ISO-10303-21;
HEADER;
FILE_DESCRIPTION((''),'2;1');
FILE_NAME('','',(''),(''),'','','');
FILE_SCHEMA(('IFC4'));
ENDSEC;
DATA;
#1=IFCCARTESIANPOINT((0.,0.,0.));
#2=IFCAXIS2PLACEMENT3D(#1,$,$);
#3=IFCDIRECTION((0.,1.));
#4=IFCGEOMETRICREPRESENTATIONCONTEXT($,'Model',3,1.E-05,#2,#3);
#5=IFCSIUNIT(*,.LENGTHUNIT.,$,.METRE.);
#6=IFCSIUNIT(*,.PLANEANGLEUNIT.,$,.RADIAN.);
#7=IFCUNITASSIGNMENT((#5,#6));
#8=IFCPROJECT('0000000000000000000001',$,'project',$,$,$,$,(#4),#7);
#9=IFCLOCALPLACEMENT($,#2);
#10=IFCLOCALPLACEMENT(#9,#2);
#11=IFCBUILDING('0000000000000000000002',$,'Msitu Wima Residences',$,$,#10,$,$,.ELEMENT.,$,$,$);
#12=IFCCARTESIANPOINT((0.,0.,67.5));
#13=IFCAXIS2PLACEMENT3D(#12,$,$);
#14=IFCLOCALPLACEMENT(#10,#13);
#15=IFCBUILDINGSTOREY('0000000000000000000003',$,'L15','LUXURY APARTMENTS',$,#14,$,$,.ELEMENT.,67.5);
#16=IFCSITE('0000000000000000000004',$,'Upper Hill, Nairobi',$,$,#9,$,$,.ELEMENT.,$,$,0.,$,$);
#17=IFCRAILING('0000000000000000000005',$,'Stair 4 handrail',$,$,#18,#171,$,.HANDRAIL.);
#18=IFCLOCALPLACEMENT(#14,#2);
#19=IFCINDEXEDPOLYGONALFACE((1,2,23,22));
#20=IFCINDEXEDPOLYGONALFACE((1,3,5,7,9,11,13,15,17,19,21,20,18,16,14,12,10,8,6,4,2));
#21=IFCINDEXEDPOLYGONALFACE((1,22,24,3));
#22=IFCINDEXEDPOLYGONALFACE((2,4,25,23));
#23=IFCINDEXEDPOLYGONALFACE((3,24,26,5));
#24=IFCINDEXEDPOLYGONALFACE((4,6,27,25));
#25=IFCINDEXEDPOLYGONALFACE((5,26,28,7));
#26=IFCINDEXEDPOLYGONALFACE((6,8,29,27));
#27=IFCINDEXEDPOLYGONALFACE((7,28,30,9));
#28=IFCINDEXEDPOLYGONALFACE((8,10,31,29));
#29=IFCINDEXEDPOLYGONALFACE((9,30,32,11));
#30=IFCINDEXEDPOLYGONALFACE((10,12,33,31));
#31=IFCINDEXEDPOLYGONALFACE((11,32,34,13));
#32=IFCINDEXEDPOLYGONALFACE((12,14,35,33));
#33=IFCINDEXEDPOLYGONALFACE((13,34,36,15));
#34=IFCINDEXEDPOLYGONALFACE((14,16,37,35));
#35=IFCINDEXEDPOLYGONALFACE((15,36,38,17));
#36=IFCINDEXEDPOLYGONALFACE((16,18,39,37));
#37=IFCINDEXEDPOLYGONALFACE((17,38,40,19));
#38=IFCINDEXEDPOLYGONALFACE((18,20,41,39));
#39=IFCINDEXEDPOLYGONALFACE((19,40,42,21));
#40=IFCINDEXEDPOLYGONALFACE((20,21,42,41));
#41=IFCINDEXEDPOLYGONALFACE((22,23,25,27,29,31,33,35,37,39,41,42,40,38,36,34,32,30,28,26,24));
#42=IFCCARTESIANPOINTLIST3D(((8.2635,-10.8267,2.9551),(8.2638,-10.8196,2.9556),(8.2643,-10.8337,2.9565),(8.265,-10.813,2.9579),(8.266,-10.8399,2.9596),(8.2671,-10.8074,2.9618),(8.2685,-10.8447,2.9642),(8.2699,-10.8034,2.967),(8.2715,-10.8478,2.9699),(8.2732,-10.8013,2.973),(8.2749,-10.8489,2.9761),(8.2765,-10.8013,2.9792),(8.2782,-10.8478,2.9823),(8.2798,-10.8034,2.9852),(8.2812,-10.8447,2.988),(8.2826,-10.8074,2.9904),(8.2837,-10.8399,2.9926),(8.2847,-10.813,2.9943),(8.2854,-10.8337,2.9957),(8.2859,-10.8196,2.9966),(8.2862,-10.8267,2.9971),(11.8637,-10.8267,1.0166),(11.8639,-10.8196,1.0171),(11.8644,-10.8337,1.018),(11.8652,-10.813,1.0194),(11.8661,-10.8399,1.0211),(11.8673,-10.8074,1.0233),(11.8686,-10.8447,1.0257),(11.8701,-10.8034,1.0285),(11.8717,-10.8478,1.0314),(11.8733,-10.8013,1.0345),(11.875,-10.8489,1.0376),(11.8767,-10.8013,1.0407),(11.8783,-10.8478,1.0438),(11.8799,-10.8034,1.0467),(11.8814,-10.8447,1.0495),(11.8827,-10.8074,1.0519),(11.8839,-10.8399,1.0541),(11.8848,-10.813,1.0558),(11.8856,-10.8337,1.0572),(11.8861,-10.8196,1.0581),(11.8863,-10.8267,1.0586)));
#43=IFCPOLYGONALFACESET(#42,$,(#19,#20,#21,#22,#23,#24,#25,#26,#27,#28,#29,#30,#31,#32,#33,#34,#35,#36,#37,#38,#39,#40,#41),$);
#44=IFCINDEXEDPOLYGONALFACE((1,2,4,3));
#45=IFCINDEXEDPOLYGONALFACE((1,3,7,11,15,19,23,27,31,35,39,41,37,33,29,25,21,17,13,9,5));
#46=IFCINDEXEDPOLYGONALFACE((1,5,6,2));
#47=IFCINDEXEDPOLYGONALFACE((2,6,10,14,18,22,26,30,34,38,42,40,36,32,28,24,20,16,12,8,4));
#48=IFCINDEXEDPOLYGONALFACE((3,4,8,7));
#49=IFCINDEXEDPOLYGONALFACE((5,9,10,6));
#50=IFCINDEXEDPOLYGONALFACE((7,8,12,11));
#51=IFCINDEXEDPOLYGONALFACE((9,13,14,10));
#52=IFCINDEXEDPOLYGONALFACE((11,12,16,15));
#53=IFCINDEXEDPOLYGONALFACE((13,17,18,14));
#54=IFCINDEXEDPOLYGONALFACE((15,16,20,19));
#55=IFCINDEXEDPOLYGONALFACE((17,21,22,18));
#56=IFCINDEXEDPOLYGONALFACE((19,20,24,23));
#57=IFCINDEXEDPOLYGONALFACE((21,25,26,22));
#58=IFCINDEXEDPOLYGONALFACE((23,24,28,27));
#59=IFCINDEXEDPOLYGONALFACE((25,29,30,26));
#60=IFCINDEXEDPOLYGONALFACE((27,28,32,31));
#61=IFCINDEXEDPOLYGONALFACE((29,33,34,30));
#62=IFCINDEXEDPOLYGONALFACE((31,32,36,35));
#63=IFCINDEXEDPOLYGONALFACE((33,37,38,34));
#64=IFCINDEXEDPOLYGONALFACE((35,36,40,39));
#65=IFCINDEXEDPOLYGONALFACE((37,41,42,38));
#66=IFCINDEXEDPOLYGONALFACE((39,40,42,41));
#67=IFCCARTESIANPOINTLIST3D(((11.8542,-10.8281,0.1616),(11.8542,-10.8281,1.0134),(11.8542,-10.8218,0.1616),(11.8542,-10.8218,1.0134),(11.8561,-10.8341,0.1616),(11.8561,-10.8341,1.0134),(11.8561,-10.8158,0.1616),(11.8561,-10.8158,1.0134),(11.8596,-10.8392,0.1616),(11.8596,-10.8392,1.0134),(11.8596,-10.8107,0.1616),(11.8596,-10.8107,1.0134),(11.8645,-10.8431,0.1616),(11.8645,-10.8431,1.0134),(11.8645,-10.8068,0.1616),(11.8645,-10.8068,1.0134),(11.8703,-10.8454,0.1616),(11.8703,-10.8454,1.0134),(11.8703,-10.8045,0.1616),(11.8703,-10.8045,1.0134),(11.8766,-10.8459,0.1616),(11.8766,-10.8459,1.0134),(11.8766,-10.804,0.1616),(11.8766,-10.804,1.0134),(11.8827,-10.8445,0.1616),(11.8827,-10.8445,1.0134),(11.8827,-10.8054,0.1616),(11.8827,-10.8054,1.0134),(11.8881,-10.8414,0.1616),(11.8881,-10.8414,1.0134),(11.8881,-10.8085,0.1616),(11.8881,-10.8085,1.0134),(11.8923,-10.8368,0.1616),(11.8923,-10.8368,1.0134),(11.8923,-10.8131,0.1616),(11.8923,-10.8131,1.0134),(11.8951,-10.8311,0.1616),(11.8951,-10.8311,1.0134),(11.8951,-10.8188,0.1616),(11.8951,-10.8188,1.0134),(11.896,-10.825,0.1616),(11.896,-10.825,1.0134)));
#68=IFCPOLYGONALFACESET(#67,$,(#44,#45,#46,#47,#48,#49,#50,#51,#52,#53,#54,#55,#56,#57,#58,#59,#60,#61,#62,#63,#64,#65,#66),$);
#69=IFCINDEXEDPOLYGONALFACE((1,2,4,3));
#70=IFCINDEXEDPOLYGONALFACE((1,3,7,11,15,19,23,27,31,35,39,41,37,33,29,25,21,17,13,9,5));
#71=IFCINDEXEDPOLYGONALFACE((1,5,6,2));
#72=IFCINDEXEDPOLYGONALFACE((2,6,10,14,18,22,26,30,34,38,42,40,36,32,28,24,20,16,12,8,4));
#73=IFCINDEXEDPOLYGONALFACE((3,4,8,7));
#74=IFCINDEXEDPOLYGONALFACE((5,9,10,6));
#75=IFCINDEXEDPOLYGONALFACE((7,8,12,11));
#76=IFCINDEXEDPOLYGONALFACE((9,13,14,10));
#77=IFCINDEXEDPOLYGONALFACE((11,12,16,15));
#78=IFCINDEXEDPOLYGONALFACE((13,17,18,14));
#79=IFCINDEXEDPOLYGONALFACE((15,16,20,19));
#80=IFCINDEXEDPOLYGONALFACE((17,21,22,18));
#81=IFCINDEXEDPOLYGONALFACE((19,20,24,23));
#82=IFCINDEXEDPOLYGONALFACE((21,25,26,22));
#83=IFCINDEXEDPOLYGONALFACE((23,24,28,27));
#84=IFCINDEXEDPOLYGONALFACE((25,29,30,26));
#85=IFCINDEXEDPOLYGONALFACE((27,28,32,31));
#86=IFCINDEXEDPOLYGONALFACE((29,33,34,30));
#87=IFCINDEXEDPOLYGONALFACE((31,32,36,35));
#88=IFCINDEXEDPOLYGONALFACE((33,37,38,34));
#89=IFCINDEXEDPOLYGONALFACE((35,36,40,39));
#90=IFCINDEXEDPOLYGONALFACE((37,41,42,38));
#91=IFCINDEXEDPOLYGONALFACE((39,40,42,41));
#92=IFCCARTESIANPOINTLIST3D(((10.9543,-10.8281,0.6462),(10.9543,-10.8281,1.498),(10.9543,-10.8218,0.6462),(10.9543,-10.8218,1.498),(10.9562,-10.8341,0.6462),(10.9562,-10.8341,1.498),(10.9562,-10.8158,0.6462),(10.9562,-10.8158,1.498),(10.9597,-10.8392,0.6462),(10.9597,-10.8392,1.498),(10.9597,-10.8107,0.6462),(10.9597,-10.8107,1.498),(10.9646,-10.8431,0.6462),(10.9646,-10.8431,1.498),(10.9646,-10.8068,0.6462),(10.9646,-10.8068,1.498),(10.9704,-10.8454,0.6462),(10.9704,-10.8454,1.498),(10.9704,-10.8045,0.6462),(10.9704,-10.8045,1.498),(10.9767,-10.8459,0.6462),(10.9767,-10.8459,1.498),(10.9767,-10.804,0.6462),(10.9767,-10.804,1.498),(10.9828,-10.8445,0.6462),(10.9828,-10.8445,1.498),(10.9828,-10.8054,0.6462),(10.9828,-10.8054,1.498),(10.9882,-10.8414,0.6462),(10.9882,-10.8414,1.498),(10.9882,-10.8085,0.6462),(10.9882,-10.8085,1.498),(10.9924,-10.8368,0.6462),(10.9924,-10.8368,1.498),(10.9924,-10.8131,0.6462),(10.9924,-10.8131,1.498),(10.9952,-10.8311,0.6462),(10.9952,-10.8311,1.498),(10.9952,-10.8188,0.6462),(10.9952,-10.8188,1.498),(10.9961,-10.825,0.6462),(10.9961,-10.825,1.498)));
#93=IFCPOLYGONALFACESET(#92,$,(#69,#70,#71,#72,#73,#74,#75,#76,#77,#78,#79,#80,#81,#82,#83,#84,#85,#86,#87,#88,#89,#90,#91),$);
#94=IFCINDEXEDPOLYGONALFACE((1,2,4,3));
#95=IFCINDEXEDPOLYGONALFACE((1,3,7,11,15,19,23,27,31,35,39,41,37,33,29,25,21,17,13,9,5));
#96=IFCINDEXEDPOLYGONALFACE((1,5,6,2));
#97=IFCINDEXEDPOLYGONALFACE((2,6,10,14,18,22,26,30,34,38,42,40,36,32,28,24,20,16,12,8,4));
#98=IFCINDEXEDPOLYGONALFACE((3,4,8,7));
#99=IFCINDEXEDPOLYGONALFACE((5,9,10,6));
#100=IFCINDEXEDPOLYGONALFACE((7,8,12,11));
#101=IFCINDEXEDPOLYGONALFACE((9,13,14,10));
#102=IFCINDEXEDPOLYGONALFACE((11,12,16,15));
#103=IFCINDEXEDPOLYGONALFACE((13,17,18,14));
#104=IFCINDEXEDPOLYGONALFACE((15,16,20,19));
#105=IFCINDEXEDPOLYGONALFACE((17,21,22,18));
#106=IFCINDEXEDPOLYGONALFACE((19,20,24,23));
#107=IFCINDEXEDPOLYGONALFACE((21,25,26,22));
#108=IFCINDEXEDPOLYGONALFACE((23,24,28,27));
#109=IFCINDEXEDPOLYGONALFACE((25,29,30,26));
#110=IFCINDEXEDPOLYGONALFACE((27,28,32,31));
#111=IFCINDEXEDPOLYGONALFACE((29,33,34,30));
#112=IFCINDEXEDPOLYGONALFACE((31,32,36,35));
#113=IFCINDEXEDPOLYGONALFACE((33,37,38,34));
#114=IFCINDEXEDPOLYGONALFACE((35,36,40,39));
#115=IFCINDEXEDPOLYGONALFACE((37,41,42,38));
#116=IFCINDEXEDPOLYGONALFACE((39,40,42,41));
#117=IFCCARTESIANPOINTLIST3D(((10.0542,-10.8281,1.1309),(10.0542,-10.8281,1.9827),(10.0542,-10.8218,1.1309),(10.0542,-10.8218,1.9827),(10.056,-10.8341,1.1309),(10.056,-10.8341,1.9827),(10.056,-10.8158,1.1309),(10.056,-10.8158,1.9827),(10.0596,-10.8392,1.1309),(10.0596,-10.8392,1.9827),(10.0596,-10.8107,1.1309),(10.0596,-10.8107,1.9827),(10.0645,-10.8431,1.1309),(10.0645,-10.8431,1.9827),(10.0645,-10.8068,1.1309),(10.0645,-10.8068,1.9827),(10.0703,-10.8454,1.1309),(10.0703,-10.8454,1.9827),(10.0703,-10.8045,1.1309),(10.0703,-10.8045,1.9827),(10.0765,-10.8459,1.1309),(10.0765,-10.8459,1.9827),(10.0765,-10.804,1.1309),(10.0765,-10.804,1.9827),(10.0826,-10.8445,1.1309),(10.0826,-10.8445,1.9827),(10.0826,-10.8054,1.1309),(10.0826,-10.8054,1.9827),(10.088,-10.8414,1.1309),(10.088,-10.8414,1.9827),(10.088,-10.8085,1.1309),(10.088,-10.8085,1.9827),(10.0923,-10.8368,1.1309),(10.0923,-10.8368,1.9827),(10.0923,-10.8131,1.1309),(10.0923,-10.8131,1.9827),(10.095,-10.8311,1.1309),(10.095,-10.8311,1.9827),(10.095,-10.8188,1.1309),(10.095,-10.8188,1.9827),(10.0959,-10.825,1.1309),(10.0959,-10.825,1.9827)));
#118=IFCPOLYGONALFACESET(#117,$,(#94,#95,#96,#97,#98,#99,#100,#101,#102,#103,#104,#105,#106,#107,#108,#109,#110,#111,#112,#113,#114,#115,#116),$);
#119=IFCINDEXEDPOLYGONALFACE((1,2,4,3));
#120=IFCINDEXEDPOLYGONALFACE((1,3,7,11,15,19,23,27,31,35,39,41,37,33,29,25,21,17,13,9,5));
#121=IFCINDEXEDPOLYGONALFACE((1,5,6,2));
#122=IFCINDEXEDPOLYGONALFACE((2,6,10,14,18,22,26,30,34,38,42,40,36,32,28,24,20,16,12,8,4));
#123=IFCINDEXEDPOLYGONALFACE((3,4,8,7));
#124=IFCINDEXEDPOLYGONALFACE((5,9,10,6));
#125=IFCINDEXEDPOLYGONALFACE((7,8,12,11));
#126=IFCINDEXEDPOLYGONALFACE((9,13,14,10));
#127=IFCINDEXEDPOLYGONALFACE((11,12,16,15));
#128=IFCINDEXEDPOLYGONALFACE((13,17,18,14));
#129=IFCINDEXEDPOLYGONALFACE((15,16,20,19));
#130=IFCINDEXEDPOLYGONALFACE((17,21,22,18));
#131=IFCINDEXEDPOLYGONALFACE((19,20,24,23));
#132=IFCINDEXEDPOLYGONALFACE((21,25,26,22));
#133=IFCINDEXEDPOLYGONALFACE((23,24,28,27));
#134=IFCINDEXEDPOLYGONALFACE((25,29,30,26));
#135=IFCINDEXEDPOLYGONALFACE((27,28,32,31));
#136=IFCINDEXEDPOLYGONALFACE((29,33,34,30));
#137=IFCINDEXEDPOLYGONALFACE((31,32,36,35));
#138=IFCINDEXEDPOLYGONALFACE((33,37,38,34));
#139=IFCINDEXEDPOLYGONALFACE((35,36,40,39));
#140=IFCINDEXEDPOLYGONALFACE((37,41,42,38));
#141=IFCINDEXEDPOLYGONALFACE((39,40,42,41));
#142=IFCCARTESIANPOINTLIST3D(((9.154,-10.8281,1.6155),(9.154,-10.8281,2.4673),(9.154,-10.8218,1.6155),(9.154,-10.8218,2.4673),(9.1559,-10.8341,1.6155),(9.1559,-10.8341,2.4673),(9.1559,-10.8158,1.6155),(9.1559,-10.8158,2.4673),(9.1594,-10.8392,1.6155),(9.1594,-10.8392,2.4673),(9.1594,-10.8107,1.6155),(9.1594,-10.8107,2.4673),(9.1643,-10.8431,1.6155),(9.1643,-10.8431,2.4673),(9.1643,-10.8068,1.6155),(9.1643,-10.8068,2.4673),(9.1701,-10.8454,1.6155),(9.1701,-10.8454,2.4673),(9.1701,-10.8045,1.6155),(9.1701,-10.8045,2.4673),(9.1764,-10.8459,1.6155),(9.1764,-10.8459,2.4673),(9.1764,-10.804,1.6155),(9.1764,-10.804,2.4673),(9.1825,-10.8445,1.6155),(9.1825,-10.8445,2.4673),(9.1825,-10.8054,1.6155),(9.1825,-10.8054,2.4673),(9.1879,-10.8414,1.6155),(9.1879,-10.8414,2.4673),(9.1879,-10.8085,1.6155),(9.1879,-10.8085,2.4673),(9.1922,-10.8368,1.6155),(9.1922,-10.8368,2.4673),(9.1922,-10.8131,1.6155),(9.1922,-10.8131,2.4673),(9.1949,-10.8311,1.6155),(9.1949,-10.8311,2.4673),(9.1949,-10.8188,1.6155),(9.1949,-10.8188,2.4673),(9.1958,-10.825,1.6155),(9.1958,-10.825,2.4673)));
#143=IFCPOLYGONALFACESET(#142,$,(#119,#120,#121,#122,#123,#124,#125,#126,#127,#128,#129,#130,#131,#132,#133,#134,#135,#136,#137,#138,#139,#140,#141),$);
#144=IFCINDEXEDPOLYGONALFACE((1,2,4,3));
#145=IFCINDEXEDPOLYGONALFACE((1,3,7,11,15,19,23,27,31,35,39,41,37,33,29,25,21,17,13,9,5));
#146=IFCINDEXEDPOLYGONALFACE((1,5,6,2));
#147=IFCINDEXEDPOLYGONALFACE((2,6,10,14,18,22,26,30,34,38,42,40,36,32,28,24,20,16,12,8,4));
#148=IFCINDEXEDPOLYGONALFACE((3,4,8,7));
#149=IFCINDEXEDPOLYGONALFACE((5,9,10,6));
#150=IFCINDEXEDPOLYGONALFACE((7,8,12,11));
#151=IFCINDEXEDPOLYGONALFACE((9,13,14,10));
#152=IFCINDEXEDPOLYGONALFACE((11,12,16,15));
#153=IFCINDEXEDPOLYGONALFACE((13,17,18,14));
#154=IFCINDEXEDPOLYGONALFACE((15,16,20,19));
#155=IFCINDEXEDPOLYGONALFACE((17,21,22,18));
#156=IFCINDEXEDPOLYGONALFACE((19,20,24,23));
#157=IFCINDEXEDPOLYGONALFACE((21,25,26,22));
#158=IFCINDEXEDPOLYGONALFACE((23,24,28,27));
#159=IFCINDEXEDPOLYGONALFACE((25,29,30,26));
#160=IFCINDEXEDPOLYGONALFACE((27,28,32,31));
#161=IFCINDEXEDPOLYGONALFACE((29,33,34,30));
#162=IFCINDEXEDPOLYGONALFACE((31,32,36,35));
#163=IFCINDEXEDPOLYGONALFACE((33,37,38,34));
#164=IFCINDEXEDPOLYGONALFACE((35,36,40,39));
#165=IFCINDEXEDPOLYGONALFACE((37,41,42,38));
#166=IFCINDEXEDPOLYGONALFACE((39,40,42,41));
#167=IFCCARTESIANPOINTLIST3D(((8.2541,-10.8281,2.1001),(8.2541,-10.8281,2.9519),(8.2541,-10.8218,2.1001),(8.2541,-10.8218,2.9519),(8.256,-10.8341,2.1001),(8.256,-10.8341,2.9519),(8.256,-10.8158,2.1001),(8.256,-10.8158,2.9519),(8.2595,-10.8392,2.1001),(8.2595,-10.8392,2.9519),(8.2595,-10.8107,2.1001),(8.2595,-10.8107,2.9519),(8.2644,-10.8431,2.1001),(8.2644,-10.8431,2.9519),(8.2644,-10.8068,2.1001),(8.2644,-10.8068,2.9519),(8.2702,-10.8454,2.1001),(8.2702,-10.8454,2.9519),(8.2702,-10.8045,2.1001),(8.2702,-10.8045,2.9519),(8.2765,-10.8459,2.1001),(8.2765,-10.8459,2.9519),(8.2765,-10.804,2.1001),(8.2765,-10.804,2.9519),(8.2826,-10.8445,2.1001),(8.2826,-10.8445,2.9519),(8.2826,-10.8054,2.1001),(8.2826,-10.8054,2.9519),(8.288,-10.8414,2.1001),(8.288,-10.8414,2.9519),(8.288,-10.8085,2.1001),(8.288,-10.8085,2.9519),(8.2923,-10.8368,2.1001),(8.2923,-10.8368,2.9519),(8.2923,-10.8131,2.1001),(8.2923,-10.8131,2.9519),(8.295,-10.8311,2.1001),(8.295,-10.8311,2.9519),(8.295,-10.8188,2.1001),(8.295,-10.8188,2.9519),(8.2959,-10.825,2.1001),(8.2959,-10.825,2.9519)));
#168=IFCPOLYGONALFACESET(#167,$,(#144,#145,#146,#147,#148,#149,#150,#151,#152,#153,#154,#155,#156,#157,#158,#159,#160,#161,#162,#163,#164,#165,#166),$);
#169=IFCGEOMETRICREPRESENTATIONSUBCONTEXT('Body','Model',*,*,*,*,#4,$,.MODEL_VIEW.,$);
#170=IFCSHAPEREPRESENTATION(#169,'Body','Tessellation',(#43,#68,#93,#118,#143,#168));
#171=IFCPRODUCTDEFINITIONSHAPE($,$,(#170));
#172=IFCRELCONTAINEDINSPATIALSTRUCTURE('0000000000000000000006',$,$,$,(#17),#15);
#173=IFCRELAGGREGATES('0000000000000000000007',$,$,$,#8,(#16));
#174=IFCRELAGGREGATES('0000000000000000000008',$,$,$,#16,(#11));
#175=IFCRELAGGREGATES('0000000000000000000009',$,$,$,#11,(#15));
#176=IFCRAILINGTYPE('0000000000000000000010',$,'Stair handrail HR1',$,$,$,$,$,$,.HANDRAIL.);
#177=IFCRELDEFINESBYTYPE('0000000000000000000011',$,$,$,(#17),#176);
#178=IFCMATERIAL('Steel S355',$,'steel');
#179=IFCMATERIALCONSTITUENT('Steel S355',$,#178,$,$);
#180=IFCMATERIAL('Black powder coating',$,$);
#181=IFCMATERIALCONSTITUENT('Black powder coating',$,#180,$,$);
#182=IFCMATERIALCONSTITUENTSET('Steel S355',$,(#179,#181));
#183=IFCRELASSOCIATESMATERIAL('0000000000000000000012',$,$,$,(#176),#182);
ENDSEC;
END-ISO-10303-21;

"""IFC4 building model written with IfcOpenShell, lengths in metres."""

from ifc_helpers import new_model, si_unit, direction, frame, origin, origin_2d, place, context, subcontext, project, spatial, circle, extrude, material, constituent, constituent_set, type_object, element, save


model = new_model("IFC4")

# Units and contexts
model_context = context("Model", 3, precision=1e-05, world=origin(), true_north=direction((0.0, 1.0)))
body_context = subcontext(model_context, "Body", "Model", "MODEL_VIEW")
ifc_project = project(units=[si_unit("LENGTHUNIT", "METRE"), si_unit("PLANEANGLEUNIT", "RADIAN")], contexts=[model_context])

# Site, building, storey
site_placement = place(None, origin())
site = spatial("IfcSite", under=ifc_project, at=site_placement, Name="Upper Hill, Nairobi", CompositionType="ELEMENT", RefElevation=0.0)
building_placement = place(site_placement, origin())
building = spatial("IfcBuilding", under=site, at=building_placement, Name="Msitu Wima Residences", CompositionType="ELEMENT")
storey_placement = place(building_placement, frame((0.0, 0.0, 67.5)))
storey = spatial("IfcBuildingStorey", under=building, at=storey_placement, Name="L15", Description="LUXURY APARTMENTS", CompositionType="ELEMENT", Elevation=67.5)

# Railing
ifc_material_1 = material(Name="Steel S355", Category="steel")
ifc_constituent_1 = constituent(ifc_material_1, Name="Steel S355")
ifc_material_2 = material(Name="Black powder coating")
ifc_constituent_2 = constituent(ifc_material_2, Name="Black powder coating")
ifc_constituent_set = constituent_set(constituents=[ifc_constituent_1, ifc_constituent_2], Name="Steel S355")
railing_type = type_object("IfcRailingType", Name="Stair handrail HR1", PredefinedType="HANDRAIL", material=ifc_constituent_set)
for number, where, name in (
    (1, (11.875, -10.825, 0.1616), "Stair 4 handrail"),
):
    element("IfcRailing", number, at=place(storey_placement, frame(where)), inside=storey, type_object=railing_type, Name=name, PredefinedType="HANDRAIL", context=body_context, shape_type="SweptSolid", body=[
        extrude(circle(Radius=0.0239, at=origin_2d()), frame((0.0, 0.0, 0.876), z_axis=(-0.880475, 0.0, 0.474093), x_axis=(0.0, -1.0, 0.0)), (0.0, 0.0, 1.0), 4.0889),
        extrude(circle(Radius=0.021, at=origin_2d()), origin(), (0.0, 0.0, 1.0), 0.8518),
        extrude(circle(Radius=0.021, at=origin_2d()), frame((-0.8999, 0.0, 0.4846)), (0.0, 0.0, 1.0), 0.8518),
        extrude(circle(Radius=0.021, at=origin_2d()), frame((-1.8, 0.0, 0.9692)), (0.0, 0.0, 1.0), 0.8518),
        extrude(circle(Radius=0.021, at=origin_2d()), frame((-2.7002, 0.0, 1.4539)), (0.0, 0.0, 1.0), 0.8518),
        extrude(circle(Radius=0.021, at=origin_2d()), frame((-3.6001, 0.0, 1.9385)), (0.0, 0.0, 1.0), 0.8518),
    ])

save(model, "model.ifc")
